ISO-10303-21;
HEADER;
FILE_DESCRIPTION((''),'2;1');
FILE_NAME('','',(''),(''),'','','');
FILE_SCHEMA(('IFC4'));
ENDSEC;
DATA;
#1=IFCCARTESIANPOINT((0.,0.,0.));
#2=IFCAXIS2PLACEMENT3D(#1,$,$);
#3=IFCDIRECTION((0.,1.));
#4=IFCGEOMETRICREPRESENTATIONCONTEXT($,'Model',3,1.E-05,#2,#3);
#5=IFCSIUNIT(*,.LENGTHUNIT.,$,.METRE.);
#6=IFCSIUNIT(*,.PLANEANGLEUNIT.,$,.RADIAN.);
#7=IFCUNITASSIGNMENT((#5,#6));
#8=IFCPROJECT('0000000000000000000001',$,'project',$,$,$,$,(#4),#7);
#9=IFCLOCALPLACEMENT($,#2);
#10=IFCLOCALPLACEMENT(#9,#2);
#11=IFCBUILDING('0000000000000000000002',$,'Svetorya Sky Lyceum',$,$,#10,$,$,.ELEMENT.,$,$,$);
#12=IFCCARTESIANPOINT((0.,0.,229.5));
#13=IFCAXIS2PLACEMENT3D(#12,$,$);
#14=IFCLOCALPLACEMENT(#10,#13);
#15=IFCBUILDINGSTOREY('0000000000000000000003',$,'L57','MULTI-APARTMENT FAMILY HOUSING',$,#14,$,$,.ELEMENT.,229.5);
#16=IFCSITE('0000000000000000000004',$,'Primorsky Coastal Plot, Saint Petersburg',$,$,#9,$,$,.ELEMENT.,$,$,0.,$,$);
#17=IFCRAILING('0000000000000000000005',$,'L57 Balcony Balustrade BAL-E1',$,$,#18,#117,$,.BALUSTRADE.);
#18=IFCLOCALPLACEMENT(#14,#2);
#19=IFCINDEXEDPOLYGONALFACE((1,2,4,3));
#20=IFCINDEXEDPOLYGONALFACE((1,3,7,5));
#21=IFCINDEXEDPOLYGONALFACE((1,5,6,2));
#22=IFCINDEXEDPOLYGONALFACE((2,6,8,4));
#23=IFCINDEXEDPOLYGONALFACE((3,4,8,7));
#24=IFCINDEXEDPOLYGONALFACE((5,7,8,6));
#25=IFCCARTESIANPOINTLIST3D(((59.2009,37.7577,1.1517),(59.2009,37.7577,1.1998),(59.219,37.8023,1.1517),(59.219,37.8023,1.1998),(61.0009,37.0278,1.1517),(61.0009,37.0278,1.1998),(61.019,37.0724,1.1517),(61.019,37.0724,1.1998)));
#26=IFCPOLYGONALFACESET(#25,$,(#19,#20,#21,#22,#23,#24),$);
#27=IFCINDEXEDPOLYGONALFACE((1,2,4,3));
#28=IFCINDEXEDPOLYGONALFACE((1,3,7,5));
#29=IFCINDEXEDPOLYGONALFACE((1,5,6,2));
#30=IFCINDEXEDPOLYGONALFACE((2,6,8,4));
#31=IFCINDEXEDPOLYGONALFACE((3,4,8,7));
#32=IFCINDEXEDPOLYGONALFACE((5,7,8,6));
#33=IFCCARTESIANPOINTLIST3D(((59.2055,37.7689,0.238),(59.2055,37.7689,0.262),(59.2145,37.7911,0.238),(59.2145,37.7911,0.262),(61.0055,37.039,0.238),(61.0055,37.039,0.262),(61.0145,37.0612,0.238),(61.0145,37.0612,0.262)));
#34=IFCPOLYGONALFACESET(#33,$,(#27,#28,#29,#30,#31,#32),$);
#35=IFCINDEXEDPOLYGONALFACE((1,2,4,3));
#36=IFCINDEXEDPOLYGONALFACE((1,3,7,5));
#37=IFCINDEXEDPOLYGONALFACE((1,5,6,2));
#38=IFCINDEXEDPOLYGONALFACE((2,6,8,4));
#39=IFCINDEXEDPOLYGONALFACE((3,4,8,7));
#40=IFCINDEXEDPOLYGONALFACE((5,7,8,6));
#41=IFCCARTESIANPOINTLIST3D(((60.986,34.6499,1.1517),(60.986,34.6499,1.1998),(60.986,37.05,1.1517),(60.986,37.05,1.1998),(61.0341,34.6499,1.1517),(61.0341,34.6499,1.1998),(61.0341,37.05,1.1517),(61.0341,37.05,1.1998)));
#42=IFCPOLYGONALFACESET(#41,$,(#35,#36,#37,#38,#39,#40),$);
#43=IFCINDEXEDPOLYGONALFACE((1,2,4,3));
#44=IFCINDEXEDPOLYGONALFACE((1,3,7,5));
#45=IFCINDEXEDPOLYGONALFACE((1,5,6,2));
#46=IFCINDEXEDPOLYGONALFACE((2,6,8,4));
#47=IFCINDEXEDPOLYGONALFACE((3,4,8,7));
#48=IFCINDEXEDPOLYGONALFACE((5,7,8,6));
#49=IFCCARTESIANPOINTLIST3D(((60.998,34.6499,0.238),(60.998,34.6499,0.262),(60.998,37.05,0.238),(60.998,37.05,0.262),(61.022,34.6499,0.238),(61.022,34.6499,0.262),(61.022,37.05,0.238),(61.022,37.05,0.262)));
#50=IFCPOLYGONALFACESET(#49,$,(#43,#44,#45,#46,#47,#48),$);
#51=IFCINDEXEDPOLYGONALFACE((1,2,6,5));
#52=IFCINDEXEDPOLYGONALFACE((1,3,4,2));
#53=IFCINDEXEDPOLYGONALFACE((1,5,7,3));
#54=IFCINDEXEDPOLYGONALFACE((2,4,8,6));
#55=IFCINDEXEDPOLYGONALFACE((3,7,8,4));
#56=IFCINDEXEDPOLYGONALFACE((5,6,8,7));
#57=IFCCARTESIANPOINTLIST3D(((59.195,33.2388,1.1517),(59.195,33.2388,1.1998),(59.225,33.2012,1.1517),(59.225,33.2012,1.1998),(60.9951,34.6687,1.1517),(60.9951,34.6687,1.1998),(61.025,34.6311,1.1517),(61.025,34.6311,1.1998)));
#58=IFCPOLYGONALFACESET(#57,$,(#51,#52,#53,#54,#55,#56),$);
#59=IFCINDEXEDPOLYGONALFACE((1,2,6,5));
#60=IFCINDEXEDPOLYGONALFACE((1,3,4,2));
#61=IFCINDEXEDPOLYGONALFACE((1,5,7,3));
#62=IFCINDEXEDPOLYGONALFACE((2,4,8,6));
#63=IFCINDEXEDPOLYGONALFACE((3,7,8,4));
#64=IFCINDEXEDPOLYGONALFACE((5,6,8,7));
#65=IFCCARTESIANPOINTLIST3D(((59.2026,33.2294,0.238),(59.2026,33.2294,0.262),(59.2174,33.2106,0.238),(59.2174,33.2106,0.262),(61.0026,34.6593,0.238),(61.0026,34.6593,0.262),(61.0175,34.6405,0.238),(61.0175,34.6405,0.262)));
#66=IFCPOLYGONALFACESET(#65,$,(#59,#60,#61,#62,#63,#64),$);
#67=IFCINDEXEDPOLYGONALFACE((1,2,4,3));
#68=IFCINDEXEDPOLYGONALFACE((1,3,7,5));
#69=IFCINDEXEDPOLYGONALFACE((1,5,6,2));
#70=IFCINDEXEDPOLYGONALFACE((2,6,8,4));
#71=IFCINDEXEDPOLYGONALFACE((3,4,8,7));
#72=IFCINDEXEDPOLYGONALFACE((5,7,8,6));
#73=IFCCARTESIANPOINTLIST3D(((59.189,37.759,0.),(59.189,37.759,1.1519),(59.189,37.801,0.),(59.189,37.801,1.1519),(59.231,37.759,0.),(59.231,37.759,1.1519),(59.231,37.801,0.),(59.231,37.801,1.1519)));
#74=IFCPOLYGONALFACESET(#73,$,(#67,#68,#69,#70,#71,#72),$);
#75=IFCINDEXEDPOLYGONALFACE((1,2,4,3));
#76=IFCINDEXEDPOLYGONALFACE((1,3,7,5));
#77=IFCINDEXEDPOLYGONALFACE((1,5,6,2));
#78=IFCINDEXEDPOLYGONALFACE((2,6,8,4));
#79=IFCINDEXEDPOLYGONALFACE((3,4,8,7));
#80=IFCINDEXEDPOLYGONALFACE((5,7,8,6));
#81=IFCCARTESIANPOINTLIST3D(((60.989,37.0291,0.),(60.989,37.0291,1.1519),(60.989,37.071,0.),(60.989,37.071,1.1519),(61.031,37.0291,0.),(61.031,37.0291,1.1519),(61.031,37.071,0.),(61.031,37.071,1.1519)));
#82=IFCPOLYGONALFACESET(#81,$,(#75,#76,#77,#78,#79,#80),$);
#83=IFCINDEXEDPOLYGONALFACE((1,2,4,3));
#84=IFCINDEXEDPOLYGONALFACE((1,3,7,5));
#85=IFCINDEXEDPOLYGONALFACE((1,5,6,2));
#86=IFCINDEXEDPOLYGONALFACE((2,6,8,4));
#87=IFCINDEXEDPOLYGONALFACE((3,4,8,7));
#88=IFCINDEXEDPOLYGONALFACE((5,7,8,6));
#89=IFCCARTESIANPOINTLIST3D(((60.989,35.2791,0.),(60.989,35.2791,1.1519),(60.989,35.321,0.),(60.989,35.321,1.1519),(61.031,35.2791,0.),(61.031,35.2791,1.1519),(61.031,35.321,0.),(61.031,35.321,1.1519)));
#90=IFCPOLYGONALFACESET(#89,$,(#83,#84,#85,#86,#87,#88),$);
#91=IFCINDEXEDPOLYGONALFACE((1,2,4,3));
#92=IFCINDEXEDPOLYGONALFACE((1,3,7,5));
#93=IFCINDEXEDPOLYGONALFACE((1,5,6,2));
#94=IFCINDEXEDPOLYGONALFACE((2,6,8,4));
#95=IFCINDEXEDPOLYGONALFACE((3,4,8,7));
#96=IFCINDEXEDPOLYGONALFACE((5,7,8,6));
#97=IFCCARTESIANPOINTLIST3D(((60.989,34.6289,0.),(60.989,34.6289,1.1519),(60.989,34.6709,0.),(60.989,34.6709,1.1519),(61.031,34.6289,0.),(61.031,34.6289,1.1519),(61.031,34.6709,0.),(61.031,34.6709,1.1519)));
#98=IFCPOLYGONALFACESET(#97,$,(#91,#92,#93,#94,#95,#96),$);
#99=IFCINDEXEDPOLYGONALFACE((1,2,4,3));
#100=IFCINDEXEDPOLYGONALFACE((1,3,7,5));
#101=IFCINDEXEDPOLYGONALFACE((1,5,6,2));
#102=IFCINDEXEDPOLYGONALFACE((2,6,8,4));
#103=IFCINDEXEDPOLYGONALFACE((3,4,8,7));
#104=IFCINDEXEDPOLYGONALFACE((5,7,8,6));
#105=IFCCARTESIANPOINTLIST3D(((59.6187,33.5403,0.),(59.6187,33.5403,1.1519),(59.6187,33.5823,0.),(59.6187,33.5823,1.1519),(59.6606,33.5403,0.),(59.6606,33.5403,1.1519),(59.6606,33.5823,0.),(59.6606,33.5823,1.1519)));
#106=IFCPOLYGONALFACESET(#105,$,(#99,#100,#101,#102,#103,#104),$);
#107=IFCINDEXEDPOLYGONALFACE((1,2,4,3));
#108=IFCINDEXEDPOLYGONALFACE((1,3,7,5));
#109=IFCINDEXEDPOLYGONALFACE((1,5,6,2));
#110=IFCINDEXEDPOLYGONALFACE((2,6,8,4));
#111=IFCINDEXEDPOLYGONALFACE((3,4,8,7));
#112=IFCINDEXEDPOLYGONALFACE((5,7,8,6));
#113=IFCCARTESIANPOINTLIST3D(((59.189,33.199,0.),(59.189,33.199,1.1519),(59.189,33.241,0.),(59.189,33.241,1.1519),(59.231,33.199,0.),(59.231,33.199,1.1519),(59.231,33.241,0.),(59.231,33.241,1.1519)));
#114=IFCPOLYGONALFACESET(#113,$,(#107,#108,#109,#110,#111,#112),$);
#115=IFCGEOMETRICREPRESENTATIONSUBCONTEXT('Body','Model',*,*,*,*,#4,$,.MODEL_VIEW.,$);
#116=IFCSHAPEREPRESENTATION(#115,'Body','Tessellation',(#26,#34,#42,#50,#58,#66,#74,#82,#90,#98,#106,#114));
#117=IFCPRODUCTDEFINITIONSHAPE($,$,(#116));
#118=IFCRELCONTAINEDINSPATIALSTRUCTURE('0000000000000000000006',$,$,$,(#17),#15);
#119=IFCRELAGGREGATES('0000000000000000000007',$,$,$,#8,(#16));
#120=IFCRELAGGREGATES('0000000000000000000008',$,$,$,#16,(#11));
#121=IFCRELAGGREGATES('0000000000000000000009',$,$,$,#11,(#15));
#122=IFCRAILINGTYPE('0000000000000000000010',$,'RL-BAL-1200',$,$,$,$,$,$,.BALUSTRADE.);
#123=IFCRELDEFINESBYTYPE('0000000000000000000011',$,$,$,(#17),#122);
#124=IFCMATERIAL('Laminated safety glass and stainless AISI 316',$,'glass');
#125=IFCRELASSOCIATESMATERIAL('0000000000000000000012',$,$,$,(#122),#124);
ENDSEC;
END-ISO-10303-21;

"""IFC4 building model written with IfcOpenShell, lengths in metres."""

from ifc_helpers import new_model, si_unit, direction, frame, origin, origin_2d, place, context, subcontext, project, spatial, rectangle, extrude, material, type_object, element, save


model = new_model("IFC4")

# Units and contexts
model_context = context("Model", 3, precision=1e-05, world=origin(), true_north=direction((0.0, 1.0)))
body_context = subcontext(model_context, "Body", "Model", "MODEL_VIEW")
ifc_project = project(units=[si_unit("LENGTHUNIT", "METRE"), si_unit("PLANEANGLEUNIT", "RADIAN")], contexts=[model_context])

# Site, building, storey
site_placement = place(None, origin())
site = spatial("IfcSite", under=ifc_project, at=site_placement, Name="Primorsky Coastal Plot, Saint Petersburg", CompositionType="ELEMENT", RefElevation=0.0)
building_placement = place(site_placement, origin())
building = spatial("IfcBuilding", under=site, at=building_placement, Name="Svetorya Sky Lyceum", CompositionType="ELEMENT")
storey_placement = place(building_placement, frame((0.0, 0.0, 229.5)))
storey = spatial("IfcBuildingStorey", under=building, at=storey_placement, Name="L57", Description="MULTI-APARTMENT FAMILY HOUSING", CompositionType="ELEMENT", Elevation=229.5)

# Railing
ifc_material_1 = material(Name="Laminated safety glass and stainless AISI 316", Category="glass")
railing_type = type_object("IfcRailingType", Name="RL-BAL-1200", PredefinedType="BALUSTRADE", material=ifc_material_1)
railing_placement = place(storey_placement, frame((59.21, 37.78, 0.0)))
element("IfcRailing", 1, at=railing_placement, inside=storey, type_object=railing_type, Name="L57 Balcony Balustrade BAL-E1", PredefinedType="BALUSTRADE", context=body_context, shape_type="SweptSolid", body=[
    extrude(rectangle(XDim=0.0481, YDim=0.0481, at=origin_2d()), frame((0.0, 0.0, 1.1758), z_axis=(0.926698, -0.375807, 0.0), x_axis=(0.375807, 0.926698, 0.0)), (0.0, 0.0, 1.0), 1.9424),
    extrude(rectangle(XDim=0.0239, YDim=0.0239, at=origin_2d()), frame((0.0, 0.0, 0.25), z_axis=(0.926698, -0.375807, 0.0), x_axis=(0.375807, 0.926698, 0.0)), (0.0, 0.0, 1.0), 1.9424),
    extrude(rectangle(XDim=0.0481, YDim=0.0481, at=origin_2d()), frame((1.8, -0.73, 1.1758), z_axis=(0.0, -1.0, 0.0), x_axis=(1.0, 0.0, 0.0)), (0.0, 0.0, 1.0), 2.4001),
    extrude(rectangle(XDim=0.0239, YDim=0.0239, at=origin_2d()), frame((1.8, -0.73, 0.25), z_axis=(0.0, -1.0, 0.0), x_axis=(1.0, 0.0, 0.0)), (0.0, 0.0, 1.0), 2.4001),
    extrude(rectangle(XDim=0.0481, YDim=0.0481, at=origin_2d()), frame((1.8, -3.1301, 1.1758), z_axis=(-0.783009, -0.62201, 0.0), x_axis=(0.62201, -0.783009, 0.0)), (0.0, 0.0, 1.0), 2.2988),
    extrude(rectangle(XDim=0.0239, YDim=0.0239, at=origin_2d()), frame((1.8, -3.1301, 0.25), z_axis=(-0.783009, -0.62201, 0.0), x_axis=(0.62201, -0.783009, 0.0)), (0.0, 0.0, 1.0), 2.2988),
    extrude(rectangle(XDim=0.042, YDim=0.042, at=origin_2d()), origin(), (0.0, 0.0, 1.0), 1.1519),
    extrude(rectangle(XDim=0.042, YDim=0.042, at=origin_2d()), frame((1.8, -0.73, 0.0)), (0.0, 0.0, 1.0), 1.1519),
    extrude(rectangle(XDim=0.042, YDim=0.042, at=origin_2d()), frame((1.8, -2.48, 0.0)), (0.0, 0.0, 1.0), 1.1519),
    extrude(rectangle(XDim=0.042, YDim=0.042, at=origin_2d()), frame((1.8, -3.1301, 0.0)), (0.0, 0.0, 1.0), 1.1519),
    extrude(rectangle(XDim=0.042, YDim=0.042, at=origin_2d()), frame((0.4297, -4.2188, 0.0)), (0.0, 0.0, 1.0), 1.1519),
    extrude(rectangle(XDim=0.042, YDim=0.042, at=origin_2d()), frame((0.0, -4.5601, 0.0)), (0.0, 0.0, 1.0), 1.1519),
])

save(model, "model.ifc")
